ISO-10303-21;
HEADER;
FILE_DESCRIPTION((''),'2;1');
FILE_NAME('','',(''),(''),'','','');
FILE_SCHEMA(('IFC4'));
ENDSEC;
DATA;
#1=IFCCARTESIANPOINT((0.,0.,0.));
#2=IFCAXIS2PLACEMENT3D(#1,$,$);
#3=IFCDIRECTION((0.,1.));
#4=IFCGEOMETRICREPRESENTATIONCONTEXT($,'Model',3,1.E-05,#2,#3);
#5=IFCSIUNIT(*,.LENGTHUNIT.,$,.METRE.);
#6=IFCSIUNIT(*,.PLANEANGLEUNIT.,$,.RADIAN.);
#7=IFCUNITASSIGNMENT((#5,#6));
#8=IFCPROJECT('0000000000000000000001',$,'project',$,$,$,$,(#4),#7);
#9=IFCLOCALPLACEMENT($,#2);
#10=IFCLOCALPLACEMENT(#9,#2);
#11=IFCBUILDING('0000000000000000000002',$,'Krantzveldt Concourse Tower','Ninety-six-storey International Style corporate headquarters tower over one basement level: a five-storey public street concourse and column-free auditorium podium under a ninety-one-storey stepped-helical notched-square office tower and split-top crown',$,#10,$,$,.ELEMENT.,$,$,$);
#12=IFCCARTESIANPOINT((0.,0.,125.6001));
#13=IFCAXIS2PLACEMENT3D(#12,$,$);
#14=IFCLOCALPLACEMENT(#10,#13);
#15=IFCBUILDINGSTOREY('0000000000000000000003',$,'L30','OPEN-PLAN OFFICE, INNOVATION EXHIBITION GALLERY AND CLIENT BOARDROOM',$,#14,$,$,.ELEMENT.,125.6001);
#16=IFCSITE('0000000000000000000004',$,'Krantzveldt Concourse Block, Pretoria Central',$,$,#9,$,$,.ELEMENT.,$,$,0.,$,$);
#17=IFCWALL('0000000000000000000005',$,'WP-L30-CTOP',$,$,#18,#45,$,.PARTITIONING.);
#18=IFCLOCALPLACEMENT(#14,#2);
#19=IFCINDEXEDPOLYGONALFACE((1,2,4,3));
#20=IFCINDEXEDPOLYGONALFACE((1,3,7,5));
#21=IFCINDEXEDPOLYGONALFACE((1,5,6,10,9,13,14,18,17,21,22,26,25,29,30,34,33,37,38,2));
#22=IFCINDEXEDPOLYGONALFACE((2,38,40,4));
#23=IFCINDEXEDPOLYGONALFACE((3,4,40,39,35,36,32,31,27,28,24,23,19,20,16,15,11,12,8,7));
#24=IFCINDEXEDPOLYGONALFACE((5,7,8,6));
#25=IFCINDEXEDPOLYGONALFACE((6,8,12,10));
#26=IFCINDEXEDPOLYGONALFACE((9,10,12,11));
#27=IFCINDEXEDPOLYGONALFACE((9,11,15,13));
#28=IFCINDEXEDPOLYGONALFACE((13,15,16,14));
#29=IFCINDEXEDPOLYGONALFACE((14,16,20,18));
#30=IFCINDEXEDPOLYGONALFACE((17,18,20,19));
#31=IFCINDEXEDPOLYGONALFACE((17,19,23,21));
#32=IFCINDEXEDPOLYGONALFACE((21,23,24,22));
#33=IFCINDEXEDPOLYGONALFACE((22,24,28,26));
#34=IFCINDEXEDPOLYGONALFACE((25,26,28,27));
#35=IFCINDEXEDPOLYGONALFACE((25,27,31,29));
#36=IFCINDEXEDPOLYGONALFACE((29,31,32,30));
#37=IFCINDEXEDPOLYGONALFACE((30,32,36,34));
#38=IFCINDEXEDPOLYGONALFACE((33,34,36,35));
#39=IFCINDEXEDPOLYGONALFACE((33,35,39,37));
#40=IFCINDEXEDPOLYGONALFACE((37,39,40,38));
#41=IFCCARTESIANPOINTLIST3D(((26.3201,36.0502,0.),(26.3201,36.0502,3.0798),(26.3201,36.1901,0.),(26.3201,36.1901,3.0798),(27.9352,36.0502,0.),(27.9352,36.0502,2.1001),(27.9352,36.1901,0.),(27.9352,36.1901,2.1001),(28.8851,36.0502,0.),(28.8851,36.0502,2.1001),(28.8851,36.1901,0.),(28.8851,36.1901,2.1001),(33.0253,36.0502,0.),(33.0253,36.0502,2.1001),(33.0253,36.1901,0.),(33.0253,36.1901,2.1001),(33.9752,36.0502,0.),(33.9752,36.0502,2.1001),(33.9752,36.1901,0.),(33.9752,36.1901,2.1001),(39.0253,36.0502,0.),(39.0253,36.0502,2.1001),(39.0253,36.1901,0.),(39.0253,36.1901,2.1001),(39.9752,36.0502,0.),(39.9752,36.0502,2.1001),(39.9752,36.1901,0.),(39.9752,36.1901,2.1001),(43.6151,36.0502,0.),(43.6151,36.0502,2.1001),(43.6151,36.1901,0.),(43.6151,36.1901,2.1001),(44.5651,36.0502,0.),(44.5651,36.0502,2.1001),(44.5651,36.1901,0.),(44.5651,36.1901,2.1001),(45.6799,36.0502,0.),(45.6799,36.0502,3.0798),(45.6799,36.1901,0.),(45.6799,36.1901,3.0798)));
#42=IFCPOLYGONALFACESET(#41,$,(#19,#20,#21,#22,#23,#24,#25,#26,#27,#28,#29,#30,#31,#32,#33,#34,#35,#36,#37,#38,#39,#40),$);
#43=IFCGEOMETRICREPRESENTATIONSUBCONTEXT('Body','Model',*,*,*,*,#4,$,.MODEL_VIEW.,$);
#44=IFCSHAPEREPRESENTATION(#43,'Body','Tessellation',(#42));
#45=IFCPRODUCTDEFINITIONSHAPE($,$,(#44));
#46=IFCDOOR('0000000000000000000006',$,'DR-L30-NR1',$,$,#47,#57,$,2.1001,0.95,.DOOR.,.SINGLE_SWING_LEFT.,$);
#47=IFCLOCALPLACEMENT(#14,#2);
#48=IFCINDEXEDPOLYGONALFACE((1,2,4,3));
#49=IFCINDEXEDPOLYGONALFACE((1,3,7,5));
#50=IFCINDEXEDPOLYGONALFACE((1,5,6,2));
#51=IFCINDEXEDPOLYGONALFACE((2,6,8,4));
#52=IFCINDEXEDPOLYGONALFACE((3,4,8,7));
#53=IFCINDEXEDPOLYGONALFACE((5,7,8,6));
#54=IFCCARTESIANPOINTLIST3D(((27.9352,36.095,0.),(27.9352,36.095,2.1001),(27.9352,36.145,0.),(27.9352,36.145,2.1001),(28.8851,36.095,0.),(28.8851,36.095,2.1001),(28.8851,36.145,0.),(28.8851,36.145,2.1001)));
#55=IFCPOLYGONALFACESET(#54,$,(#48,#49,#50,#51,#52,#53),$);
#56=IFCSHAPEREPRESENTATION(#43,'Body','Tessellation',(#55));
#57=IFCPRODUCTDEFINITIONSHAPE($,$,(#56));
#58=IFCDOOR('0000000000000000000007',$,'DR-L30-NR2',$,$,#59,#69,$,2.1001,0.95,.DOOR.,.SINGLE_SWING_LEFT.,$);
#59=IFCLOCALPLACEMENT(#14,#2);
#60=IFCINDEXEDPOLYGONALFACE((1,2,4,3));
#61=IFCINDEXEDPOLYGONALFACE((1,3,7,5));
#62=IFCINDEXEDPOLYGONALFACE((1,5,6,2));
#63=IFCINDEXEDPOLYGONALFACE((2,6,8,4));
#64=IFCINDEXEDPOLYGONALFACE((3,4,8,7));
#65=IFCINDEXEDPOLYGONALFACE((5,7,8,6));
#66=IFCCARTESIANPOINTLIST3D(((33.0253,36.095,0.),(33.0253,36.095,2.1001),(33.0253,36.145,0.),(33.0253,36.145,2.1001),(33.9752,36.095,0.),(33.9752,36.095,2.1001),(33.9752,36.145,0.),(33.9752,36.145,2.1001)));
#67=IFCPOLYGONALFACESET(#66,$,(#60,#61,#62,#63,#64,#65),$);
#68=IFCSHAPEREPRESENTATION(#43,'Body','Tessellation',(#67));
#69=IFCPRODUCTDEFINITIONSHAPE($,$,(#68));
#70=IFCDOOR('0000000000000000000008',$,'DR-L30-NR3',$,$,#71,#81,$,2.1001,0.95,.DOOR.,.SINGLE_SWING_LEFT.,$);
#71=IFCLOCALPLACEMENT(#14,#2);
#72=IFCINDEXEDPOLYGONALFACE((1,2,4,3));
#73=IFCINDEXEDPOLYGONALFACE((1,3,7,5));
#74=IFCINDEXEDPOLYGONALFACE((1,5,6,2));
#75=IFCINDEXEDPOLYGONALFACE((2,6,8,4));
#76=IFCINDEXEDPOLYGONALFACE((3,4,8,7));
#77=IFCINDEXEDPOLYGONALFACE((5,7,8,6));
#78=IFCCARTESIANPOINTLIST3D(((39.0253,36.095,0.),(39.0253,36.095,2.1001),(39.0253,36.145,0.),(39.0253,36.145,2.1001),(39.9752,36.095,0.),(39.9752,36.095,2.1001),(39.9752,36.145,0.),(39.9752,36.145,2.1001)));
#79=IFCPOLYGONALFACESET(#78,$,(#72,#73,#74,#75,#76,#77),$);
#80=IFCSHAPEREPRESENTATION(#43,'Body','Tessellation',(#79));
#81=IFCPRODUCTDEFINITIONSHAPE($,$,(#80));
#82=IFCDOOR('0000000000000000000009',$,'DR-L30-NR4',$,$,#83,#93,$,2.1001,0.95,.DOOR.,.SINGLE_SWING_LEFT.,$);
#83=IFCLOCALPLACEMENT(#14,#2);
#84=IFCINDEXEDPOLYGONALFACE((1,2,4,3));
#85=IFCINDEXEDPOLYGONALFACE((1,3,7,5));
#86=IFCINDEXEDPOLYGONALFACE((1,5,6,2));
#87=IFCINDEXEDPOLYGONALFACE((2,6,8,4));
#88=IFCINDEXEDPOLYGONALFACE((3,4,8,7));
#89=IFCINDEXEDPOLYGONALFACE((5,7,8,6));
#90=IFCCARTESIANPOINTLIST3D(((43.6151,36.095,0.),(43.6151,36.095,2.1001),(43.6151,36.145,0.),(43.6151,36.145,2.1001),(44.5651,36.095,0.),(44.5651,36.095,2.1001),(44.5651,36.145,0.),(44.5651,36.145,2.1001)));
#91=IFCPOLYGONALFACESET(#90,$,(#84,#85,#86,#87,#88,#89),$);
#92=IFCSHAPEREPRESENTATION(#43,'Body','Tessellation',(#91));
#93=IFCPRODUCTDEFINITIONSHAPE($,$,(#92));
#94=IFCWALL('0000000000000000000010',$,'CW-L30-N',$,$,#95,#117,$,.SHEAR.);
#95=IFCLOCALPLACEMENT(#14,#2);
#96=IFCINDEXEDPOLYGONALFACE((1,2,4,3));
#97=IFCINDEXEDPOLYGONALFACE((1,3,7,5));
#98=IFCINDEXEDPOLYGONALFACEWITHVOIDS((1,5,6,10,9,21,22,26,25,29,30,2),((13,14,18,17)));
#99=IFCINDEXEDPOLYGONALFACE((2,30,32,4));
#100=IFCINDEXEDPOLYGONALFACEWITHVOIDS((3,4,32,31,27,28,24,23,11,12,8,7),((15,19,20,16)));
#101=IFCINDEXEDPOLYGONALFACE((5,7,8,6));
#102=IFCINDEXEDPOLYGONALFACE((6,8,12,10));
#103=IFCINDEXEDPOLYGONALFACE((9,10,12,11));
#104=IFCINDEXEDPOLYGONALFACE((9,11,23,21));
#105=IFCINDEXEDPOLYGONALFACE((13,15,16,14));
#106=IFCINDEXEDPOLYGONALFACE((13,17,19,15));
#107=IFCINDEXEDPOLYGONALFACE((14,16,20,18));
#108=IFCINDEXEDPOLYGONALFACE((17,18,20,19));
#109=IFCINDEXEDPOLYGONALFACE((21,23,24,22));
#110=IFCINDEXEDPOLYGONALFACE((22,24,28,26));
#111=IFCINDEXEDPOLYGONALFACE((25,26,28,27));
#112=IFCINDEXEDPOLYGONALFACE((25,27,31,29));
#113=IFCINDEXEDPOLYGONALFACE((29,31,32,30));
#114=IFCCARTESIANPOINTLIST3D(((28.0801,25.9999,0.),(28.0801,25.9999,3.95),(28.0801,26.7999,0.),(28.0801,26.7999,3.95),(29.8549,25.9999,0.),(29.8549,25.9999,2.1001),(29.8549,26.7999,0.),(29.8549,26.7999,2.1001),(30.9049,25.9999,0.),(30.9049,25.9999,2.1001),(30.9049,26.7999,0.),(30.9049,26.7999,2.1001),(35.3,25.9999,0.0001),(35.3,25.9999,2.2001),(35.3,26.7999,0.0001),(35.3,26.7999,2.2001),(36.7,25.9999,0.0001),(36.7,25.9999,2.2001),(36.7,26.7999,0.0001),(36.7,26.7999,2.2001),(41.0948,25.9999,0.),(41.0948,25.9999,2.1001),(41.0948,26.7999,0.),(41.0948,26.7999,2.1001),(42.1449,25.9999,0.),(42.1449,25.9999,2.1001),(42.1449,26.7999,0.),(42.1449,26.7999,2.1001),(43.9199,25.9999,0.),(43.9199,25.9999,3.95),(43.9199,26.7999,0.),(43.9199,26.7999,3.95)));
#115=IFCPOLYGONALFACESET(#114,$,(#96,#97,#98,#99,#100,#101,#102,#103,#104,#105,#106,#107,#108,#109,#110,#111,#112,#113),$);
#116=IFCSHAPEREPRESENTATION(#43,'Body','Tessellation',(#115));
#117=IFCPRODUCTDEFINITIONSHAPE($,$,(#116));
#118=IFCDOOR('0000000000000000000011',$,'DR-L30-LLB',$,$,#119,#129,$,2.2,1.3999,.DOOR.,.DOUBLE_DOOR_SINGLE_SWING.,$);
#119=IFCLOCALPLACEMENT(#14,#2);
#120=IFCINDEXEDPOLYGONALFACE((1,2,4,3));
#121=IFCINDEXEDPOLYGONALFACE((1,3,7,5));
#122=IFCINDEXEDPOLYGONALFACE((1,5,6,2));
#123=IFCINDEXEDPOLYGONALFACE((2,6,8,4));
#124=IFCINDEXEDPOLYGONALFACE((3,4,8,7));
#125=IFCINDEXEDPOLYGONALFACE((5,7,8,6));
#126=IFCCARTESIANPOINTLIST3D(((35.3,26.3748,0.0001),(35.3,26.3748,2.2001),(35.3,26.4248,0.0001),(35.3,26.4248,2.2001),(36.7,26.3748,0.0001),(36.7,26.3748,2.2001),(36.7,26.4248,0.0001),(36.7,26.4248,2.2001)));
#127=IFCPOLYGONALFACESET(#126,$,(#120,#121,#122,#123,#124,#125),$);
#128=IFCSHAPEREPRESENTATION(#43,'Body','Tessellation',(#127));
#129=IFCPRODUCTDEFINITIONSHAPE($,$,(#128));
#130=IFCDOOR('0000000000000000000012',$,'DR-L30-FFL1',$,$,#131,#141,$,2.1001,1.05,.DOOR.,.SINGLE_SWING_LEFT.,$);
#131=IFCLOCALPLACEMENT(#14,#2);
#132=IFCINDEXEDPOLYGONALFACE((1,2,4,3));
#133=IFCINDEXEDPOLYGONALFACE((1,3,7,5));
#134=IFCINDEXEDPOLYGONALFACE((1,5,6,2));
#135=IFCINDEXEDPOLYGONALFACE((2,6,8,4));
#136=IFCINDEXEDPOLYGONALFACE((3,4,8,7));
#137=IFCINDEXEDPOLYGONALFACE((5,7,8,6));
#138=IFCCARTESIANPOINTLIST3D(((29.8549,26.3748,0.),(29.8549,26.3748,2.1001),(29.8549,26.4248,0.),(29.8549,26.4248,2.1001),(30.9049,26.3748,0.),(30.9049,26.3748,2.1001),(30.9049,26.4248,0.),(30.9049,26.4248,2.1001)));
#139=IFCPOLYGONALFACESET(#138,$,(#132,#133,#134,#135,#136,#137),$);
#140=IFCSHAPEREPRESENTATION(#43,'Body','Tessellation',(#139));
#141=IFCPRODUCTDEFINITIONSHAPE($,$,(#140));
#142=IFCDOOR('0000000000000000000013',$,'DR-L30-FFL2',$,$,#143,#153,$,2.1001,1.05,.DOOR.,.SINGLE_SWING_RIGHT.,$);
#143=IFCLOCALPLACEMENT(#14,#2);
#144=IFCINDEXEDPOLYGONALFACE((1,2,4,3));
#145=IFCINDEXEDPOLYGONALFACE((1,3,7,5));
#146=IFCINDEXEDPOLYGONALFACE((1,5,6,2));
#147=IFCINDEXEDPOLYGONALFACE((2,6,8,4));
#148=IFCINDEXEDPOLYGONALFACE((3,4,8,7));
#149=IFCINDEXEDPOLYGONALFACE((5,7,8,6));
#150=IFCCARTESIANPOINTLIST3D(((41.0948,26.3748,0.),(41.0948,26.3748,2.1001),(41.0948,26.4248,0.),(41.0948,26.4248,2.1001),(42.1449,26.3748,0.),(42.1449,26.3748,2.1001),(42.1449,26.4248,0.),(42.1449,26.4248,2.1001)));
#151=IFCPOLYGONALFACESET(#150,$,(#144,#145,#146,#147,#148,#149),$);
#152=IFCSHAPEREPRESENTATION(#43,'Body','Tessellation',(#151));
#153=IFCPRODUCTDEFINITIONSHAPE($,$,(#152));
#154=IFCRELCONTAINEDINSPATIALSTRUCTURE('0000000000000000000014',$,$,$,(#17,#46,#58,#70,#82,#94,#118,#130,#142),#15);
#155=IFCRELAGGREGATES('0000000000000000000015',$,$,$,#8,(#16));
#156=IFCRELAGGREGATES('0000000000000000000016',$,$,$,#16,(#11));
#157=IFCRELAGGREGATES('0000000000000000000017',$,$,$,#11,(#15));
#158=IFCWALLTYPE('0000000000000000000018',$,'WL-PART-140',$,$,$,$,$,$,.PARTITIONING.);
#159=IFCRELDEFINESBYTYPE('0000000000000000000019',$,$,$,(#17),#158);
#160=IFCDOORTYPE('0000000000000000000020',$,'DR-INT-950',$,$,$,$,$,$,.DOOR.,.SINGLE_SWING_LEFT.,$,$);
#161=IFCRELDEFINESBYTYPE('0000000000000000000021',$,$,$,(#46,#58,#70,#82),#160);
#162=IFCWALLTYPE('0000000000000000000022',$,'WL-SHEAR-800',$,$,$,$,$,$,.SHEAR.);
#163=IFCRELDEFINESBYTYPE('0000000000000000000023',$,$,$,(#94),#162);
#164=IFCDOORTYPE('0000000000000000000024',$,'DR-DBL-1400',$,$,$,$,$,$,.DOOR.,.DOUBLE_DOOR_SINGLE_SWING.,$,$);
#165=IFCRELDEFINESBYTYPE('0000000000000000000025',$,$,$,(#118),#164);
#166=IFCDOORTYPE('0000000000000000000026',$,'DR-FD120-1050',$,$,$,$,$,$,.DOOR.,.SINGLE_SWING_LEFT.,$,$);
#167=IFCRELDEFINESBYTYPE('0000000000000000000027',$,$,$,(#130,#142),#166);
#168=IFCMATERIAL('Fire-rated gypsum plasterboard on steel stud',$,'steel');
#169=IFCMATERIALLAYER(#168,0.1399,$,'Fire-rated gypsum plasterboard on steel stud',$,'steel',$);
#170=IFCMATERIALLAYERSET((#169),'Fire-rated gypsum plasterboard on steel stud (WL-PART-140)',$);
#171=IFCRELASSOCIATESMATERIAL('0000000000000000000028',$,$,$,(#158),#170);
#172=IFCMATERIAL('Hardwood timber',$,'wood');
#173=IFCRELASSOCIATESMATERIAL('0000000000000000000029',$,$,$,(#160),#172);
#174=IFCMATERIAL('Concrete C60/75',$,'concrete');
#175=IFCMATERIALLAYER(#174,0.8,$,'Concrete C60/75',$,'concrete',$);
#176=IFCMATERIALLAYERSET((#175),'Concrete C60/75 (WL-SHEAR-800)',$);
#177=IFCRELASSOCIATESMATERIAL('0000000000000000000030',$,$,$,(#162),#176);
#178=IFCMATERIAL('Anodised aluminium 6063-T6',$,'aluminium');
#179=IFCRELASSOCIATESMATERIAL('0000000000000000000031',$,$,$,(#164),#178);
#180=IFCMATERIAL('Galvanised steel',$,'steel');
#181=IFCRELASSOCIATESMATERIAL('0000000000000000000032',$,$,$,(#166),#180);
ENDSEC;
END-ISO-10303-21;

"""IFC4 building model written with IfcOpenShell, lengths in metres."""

from ifc_helpers import new_model, si_unit, direction, frame, frame_2d, origin, place, context, subcontext, project, spatial, rectangle, extrude, material, layer, layer_set, type_object, element, fill, save


model = new_model("IFC4")

# Units and contexts
model_context = context("Model", 3, precision=1e-05, world=origin(), true_north=direction((0.0, 1.0)))
body_context = subcontext(model_context, "Body", "Model", "MODEL_VIEW")
ifc_project = project(units=[si_unit("LENGTHUNIT", "METRE"), si_unit("PLANEANGLEUNIT", "RADIAN")], contexts=[model_context])

# Site, building, storey
site_placement = place(None, origin())
site = spatial("IfcSite", under=ifc_project, at=site_placement, Name="Krantzveldt Concourse Block, Pretoria Central", CompositionType="ELEMENT", RefElevation=0.0)
building_placement = place(site_placement, origin())
building = spatial("IfcBuilding", under=site, at=building_placement, Name="Krantzveldt Concourse Tower", Description="Ninety-six-storey International Style corporate headquarters tower over one basement level: a five-storey public street concourse and column-free auditorium podium under a ninety-one-storey stepped-helical notched-square office tower and split-top crown", CompositionType="ELEMENT")
storey_placement = place(building_placement, frame((0.0, 0.0, 125.6001)))
storey = spatial("IfcBuildingStorey", under=building, at=storey_placement, Name="L30", Description="OPEN-PLAN OFFICE, INNOVATION EXHIBITION GALLERY AND CLIENT BOARDROOM", CompositionType="ELEMENT", Elevation=125.6001)

# Shared definitions
ifc_material_1 = material(Name="Fire-rated gypsum plasterboard on steel stud", Category="steel")

# Shared definitions
ifc_layer_1 = layer(ifc_material_1, 0.1399, Name="Fire-rated gypsum plasterboard on steel stud", Category="steel")
ifc_layer_set_1 = layer_set([ifc_layer_1], Name="Fire-rated gypsum plasterboard on steel stud (WL-PART-140)")
wall_type_1 = type_object("IfcWallType", Name="WL-PART-140", PredefinedType="PARTITIONING", material=ifc_layer_set_1)
ifc_material_2 = material(Name="Hardwood timber", Category="wood")

# Shared definitions
door_type_1 = type_object("IfcDoorType", Name="DR-INT-950", OperationType="SINGLE_SWING_LEFT", PredefinedType="DOOR", material=ifc_material_2)

# Walls, openings, doors
wall_1_placement = place(storey_placement, frame((26.3201, 36.1201, 0.0), z_axis=(0.0, 0.0, 1.0), x_axis=(1.0, 0.0, 0.0)))
wall_1 = element("IfcWall", 1, at=wall_1_placement, inside=storey, type_object=wall_type_1, Name="WP-L30-CTOP", PredefinedType="PARTITIONING", context=body_context, shape_type="SweptSolid", body=[
    extrude(rectangle(XDim=19.3599, YDim=0.1399, at=frame_2d((9.6799, 0.0))), origin(), (0.0, 0.0, 1.0), 3.0798),
])
opening_1_placement = place(wall_1_placement, frame((1.615, 0.0, 0.0)))
opening_1 = element("IfcOpeningElement", 2, at=opening_1_placement, cuts=wall_1, PredefinedType="OPENING", context=body_context, shape_type="SweptSolid", body=[
    extrude(rectangle(XDim=0.95, YDim=2.1001, at=frame_2d((0.4751, 1.05))), frame((0.0, 0.0801, 0.0), z_axis=(0.0, -1.0, 0.0), x_axis=(1.0, 0.0, 0.0)), (0.0, 0.0, 1.0), 0.1599),
])
opening_2_placement = place(wall_1_placement, frame((6.7051, 0.0, 0.0)))
opening_2 = element("IfcOpeningElement", 3, at=opening_2_placement, cuts=wall_1, PredefinedType="OPENING", context=body_context, shape_type="SweptSolid", body=[
    extrude(rectangle(XDim=0.95, YDim=2.1001, at=frame_2d((0.4751, 1.05))), frame((0.0, 0.0801, 0.0), z_axis=(0.0, -1.0, 0.0), x_axis=(1.0, 0.0, 0.0)), (0.0, 0.0, 1.0), 0.1599),
])
opening_3_placement = place(wall_1_placement, frame((12.7051, 0.0, 0.0)))
opening_3 = element("IfcOpeningElement", 4, at=opening_3_placement, cuts=wall_1, PredefinedType="OPENING", context=body_context, shape_type="SweptSolid", body=[
    extrude(rectangle(XDim=0.95, YDim=2.1001, at=frame_2d((0.4751, 1.05))), frame((0.0, 0.0801, 0.0), z_axis=(0.0, -1.0, 0.0), x_axis=(1.0, 0.0, 0.0)), (0.0, 0.0, 1.0), 0.1599),
])
opening_4_placement = place(wall_1_placement, frame((17.2949, 0.0, 0.0)))
opening_4 = element("IfcOpeningElement", 5, at=opening_4_placement, cuts=wall_1, PredefinedType="OPENING", context=body_context, shape_type="SweptSolid", body=[
    extrude(rectangle(XDim=0.95, YDim=2.1001, at=frame_2d((0.4751, 1.05))), frame((0.0, 0.0801, 0.0), z_axis=(0.0, -1.0, 0.0), x_axis=(1.0, 0.0, 0.0)), (0.0, 0.0, 1.0), 0.1599),
])
door_1_placement = place(opening_1_placement, origin())
door_1 = element("IfcDoor", 6, at=door_1_placement, inside=storey, type_object=door_type_1, Name="DR-L30-NR1", OperationType="SINGLE_SWING_LEFT", OverallHeight=2.1001, OverallWidth=0.95, PredefinedType="DOOR", context=body_context, shape_type="SweptSolid", body=[
    extrude(rectangle(XDim=0.95, YDim=2.1001, at=frame_2d((0.4751, 1.05))), frame((0.0, 0.0249, 0.0), z_axis=(0.0, -1.0, 0.0), x_axis=(1.0, 0.0, 0.0)), (0.0, 0.0, 1.0), 0.05),
])
fill(opening_1, door_1)
door_2_placement = place(opening_2_placement, origin())
door_2 = element("IfcDoor", 7, at=door_2_placement, inside=storey, type_object=door_type_1, Name="DR-L30-NR2", OperationType="SINGLE_SWING_LEFT", OverallHeight=2.1001, OverallWidth=0.95, PredefinedType="DOOR", context=body_context, shape_type="SweptSolid", body=[
    extrude(rectangle(XDim=0.95, YDim=2.1001, at=frame_2d((0.4751, 1.05))), frame((0.0, 0.0249, 0.0), z_axis=(0.0, -1.0, 0.0), x_axis=(1.0, 0.0, 0.0)), (0.0, 0.0, 1.0), 0.05),
])
fill(opening_2, door_2)
door_3_placement = place(opening_3_placement, origin())
door_3 = element("IfcDoor", 8, at=door_3_placement, inside=storey, type_object=door_type_1, Name="DR-L30-NR3", OperationType="SINGLE_SWING_LEFT", OverallHeight=2.1001, OverallWidth=0.95, PredefinedType="DOOR", context=body_context, shape_type="SweptSolid", body=[
    extrude(rectangle(XDim=0.95, YDim=2.1001, at=frame_2d((0.4751, 1.05))), frame((0.0, 0.0249, 0.0), z_axis=(0.0, -1.0, 0.0), x_axis=(1.0, 0.0, 0.0)), (0.0, 0.0, 1.0), 0.05),
])
fill(opening_3, door_3)
door_4_placement = place(opening_4_placement, origin())
door_4 = element("IfcDoor", 9, at=door_4_placement, inside=storey, type_object=door_type_1, Name="DR-L30-NR4", OperationType="SINGLE_SWING_LEFT", OverallHeight=2.1001, OverallWidth=0.95, PredefinedType="DOOR", context=body_context, shape_type="SweptSolid", body=[
    extrude(rectangle(XDim=0.95, YDim=2.1001, at=frame_2d((0.4751, 1.05))), frame((0.0, 0.0249, 0.0), z_axis=(0.0, -1.0, 0.0), x_axis=(1.0, 0.0, 0.0)), (0.0, 0.0, 1.0), 0.05),
])
fill(opening_4, door_4)
ifc_material_3 = material(Name="Concrete C60/75", Category="concrete")
ifc_layer_2 = layer(ifc_material_3, 0.8, Name="Concrete C60/75", Category="concrete")
ifc_layer_set_2 = layer_set([ifc_layer_2], Name="Concrete C60/75 (WL-SHEAR-800)")
wall_type_2 = type_object("IfcWallType", Name="WL-SHEAR-800", PredefinedType="SHEAR", material=ifc_layer_set_2)
wall_2_placement = place(storey_placement, frame((28.0801, 26.3999, 0.0), z_axis=(0.0, 0.0, 1.0), x_axis=(1.0, 0.0, 0.0)))
wall_2 = element("IfcWall", 10, at=wall_2_placement, inside=storey, type_object=wall_type_2, Name="CW-L30-N", PredefinedType="SHEAR", context=body_context, shape_type="SweptSolid", body=[
    extrude(rectangle(XDim=15.8398, YDim=0.8, at=frame_2d((7.9199, 0.0))), origin(), (0.0, 0.0, 1.0), 3.95),
])
opening_5_placement = place(wall_2_placement, frame((7.22, 0.0, 0.0)))
opening_5 = element("IfcOpeningElement", 11, at=opening_5_placement, cuts=wall_2, PredefinedType="OPENING", context=body_context, shape_type="SweptSolid", body=[
    extrude(rectangle(XDim=1.3999, YDim=2.2, at=frame_2d((0.7, 1.1001))), frame((0.0, 0.4102, 0.0), z_axis=(0.0, -1.0, 0.0), x_axis=(1.0, 0.0, 0.0)), (0.0, 0.0, 1.0), 0.8201),
])
opening_6_placement = place(wall_2_placement, frame((1.7749, 0.0, 0.0)))
opening_6 = element("IfcOpeningElement", 12, at=opening_6_placement, cuts=wall_2, PredefinedType="OPENING", context=body_context, shape_type="SweptSolid", body=[
    extrude(rectangle(XDim=1.05, YDim=2.1001, at=frame_2d((0.5249, 1.05))), frame((0.0, 0.4102, 0.0), z_axis=(0.0, -1.0, 0.0), x_axis=(1.0, 0.0, 0.0)), (0.0, 0.0, 1.0), 0.8201),
])
opening_7_placement = place(wall_2_placement, frame((13.0149, 0.0, 0.0)))
opening_7 = element("IfcOpeningElement", 13, at=opening_7_placement, cuts=wall_2, PredefinedType="OPENING", context=body_context, shape_type="SweptSolid", body=[
    extrude(rectangle(XDim=1.05, YDim=2.1001, at=frame_2d((0.5249, 1.05))), frame((0.0, 0.4102, 0.0), z_axis=(0.0, -1.0, 0.0), x_axis=(1.0, 0.0, 0.0)), (0.0, 0.0, 1.0), 0.8201),
])
ifc_material_4 = material(Name="Anodised aluminium 6063-T6", Category="aluminium")
door_type_2 = type_object("IfcDoorType", Name="DR-DBL-1400", OperationType="DOUBLE_DOOR_SINGLE_SWING", PredefinedType="DOOR", material=ifc_material_4)
door_5_placement = place(opening_5_placement, origin())
door_5 = element("IfcDoor", 14, at=door_5_placement, inside=storey, type_object=door_type_2, Name="DR-L30-LLB", OperationType="DOUBLE_DOOR_SINGLE_SWING", OverallHeight=2.2, OverallWidth=1.3999, PredefinedType="DOOR", context=body_context, shape_type="SweptSolid", body=[
    extrude(rectangle(XDim=1.3999, YDim=2.2, at=frame_2d((0.7, 1.1001))), frame((0.0, 0.0249, 0.0), z_axis=(0.0, -1.0, 0.0), x_axis=(1.0, 0.0, 0.0)), (0.0, 0.0, 1.0), 0.05),
])
fill(opening_5, door_5)
ifc_material_5 = material(Name="Galvanised steel", Category="steel")
door_type_3 = type_object("IfcDoorType", Name="DR-FD120-1050", OperationType="SINGLE_SWING_LEFT", PredefinedType="DOOR", material=ifc_material_5)
door_6_placement = place(opening_6_placement, origin())
door_6 = element("IfcDoor", 15, at=door_6_placement, inside=storey, type_object=door_type_3, Name="DR-L30-FFL1", OperationType="SINGLE_SWING_LEFT", OverallHeight=2.1001, OverallWidth=1.05, PredefinedType="DOOR", context=body_context, shape_type="SweptSolid", body=[
    extrude(rectangle(XDim=1.05, YDim=2.1001, at=frame_2d((0.5249, 1.05))), frame((0.0, 0.0249, 0.0), z_axis=(0.0, -1.0, 0.0), x_axis=(1.0, 0.0, 0.0)), (0.0, 0.0, 1.0), 0.05),
])
fill(opening_6, door_6)
door_7_placement = place(opening_7_placement, origin())
door_7 = element("IfcDoor", 16, at=door_7_placement, inside=storey, type_object=door_type_3, Name="DR-L30-FFL2", OperationType="SINGLE_SWING_RIGHT", OverallHeight=2.1001, OverallWidth=1.05, PredefinedType="DOOR", context=body_context, shape_type="SweptSolid", body=[
    extrude(rectangle(XDim=1.05, YDim=2.1001, at=frame_2d((0.5249, 1.05))), frame((0.0, 0.0249, 0.0), z_axis=(0.0, -1.0, 0.0), x_axis=(1.0, 0.0, 0.0)), (0.0, 0.0, 1.0), 0.05),
])
fill(opening_7, door_7)

save(model, "model.ifc")
